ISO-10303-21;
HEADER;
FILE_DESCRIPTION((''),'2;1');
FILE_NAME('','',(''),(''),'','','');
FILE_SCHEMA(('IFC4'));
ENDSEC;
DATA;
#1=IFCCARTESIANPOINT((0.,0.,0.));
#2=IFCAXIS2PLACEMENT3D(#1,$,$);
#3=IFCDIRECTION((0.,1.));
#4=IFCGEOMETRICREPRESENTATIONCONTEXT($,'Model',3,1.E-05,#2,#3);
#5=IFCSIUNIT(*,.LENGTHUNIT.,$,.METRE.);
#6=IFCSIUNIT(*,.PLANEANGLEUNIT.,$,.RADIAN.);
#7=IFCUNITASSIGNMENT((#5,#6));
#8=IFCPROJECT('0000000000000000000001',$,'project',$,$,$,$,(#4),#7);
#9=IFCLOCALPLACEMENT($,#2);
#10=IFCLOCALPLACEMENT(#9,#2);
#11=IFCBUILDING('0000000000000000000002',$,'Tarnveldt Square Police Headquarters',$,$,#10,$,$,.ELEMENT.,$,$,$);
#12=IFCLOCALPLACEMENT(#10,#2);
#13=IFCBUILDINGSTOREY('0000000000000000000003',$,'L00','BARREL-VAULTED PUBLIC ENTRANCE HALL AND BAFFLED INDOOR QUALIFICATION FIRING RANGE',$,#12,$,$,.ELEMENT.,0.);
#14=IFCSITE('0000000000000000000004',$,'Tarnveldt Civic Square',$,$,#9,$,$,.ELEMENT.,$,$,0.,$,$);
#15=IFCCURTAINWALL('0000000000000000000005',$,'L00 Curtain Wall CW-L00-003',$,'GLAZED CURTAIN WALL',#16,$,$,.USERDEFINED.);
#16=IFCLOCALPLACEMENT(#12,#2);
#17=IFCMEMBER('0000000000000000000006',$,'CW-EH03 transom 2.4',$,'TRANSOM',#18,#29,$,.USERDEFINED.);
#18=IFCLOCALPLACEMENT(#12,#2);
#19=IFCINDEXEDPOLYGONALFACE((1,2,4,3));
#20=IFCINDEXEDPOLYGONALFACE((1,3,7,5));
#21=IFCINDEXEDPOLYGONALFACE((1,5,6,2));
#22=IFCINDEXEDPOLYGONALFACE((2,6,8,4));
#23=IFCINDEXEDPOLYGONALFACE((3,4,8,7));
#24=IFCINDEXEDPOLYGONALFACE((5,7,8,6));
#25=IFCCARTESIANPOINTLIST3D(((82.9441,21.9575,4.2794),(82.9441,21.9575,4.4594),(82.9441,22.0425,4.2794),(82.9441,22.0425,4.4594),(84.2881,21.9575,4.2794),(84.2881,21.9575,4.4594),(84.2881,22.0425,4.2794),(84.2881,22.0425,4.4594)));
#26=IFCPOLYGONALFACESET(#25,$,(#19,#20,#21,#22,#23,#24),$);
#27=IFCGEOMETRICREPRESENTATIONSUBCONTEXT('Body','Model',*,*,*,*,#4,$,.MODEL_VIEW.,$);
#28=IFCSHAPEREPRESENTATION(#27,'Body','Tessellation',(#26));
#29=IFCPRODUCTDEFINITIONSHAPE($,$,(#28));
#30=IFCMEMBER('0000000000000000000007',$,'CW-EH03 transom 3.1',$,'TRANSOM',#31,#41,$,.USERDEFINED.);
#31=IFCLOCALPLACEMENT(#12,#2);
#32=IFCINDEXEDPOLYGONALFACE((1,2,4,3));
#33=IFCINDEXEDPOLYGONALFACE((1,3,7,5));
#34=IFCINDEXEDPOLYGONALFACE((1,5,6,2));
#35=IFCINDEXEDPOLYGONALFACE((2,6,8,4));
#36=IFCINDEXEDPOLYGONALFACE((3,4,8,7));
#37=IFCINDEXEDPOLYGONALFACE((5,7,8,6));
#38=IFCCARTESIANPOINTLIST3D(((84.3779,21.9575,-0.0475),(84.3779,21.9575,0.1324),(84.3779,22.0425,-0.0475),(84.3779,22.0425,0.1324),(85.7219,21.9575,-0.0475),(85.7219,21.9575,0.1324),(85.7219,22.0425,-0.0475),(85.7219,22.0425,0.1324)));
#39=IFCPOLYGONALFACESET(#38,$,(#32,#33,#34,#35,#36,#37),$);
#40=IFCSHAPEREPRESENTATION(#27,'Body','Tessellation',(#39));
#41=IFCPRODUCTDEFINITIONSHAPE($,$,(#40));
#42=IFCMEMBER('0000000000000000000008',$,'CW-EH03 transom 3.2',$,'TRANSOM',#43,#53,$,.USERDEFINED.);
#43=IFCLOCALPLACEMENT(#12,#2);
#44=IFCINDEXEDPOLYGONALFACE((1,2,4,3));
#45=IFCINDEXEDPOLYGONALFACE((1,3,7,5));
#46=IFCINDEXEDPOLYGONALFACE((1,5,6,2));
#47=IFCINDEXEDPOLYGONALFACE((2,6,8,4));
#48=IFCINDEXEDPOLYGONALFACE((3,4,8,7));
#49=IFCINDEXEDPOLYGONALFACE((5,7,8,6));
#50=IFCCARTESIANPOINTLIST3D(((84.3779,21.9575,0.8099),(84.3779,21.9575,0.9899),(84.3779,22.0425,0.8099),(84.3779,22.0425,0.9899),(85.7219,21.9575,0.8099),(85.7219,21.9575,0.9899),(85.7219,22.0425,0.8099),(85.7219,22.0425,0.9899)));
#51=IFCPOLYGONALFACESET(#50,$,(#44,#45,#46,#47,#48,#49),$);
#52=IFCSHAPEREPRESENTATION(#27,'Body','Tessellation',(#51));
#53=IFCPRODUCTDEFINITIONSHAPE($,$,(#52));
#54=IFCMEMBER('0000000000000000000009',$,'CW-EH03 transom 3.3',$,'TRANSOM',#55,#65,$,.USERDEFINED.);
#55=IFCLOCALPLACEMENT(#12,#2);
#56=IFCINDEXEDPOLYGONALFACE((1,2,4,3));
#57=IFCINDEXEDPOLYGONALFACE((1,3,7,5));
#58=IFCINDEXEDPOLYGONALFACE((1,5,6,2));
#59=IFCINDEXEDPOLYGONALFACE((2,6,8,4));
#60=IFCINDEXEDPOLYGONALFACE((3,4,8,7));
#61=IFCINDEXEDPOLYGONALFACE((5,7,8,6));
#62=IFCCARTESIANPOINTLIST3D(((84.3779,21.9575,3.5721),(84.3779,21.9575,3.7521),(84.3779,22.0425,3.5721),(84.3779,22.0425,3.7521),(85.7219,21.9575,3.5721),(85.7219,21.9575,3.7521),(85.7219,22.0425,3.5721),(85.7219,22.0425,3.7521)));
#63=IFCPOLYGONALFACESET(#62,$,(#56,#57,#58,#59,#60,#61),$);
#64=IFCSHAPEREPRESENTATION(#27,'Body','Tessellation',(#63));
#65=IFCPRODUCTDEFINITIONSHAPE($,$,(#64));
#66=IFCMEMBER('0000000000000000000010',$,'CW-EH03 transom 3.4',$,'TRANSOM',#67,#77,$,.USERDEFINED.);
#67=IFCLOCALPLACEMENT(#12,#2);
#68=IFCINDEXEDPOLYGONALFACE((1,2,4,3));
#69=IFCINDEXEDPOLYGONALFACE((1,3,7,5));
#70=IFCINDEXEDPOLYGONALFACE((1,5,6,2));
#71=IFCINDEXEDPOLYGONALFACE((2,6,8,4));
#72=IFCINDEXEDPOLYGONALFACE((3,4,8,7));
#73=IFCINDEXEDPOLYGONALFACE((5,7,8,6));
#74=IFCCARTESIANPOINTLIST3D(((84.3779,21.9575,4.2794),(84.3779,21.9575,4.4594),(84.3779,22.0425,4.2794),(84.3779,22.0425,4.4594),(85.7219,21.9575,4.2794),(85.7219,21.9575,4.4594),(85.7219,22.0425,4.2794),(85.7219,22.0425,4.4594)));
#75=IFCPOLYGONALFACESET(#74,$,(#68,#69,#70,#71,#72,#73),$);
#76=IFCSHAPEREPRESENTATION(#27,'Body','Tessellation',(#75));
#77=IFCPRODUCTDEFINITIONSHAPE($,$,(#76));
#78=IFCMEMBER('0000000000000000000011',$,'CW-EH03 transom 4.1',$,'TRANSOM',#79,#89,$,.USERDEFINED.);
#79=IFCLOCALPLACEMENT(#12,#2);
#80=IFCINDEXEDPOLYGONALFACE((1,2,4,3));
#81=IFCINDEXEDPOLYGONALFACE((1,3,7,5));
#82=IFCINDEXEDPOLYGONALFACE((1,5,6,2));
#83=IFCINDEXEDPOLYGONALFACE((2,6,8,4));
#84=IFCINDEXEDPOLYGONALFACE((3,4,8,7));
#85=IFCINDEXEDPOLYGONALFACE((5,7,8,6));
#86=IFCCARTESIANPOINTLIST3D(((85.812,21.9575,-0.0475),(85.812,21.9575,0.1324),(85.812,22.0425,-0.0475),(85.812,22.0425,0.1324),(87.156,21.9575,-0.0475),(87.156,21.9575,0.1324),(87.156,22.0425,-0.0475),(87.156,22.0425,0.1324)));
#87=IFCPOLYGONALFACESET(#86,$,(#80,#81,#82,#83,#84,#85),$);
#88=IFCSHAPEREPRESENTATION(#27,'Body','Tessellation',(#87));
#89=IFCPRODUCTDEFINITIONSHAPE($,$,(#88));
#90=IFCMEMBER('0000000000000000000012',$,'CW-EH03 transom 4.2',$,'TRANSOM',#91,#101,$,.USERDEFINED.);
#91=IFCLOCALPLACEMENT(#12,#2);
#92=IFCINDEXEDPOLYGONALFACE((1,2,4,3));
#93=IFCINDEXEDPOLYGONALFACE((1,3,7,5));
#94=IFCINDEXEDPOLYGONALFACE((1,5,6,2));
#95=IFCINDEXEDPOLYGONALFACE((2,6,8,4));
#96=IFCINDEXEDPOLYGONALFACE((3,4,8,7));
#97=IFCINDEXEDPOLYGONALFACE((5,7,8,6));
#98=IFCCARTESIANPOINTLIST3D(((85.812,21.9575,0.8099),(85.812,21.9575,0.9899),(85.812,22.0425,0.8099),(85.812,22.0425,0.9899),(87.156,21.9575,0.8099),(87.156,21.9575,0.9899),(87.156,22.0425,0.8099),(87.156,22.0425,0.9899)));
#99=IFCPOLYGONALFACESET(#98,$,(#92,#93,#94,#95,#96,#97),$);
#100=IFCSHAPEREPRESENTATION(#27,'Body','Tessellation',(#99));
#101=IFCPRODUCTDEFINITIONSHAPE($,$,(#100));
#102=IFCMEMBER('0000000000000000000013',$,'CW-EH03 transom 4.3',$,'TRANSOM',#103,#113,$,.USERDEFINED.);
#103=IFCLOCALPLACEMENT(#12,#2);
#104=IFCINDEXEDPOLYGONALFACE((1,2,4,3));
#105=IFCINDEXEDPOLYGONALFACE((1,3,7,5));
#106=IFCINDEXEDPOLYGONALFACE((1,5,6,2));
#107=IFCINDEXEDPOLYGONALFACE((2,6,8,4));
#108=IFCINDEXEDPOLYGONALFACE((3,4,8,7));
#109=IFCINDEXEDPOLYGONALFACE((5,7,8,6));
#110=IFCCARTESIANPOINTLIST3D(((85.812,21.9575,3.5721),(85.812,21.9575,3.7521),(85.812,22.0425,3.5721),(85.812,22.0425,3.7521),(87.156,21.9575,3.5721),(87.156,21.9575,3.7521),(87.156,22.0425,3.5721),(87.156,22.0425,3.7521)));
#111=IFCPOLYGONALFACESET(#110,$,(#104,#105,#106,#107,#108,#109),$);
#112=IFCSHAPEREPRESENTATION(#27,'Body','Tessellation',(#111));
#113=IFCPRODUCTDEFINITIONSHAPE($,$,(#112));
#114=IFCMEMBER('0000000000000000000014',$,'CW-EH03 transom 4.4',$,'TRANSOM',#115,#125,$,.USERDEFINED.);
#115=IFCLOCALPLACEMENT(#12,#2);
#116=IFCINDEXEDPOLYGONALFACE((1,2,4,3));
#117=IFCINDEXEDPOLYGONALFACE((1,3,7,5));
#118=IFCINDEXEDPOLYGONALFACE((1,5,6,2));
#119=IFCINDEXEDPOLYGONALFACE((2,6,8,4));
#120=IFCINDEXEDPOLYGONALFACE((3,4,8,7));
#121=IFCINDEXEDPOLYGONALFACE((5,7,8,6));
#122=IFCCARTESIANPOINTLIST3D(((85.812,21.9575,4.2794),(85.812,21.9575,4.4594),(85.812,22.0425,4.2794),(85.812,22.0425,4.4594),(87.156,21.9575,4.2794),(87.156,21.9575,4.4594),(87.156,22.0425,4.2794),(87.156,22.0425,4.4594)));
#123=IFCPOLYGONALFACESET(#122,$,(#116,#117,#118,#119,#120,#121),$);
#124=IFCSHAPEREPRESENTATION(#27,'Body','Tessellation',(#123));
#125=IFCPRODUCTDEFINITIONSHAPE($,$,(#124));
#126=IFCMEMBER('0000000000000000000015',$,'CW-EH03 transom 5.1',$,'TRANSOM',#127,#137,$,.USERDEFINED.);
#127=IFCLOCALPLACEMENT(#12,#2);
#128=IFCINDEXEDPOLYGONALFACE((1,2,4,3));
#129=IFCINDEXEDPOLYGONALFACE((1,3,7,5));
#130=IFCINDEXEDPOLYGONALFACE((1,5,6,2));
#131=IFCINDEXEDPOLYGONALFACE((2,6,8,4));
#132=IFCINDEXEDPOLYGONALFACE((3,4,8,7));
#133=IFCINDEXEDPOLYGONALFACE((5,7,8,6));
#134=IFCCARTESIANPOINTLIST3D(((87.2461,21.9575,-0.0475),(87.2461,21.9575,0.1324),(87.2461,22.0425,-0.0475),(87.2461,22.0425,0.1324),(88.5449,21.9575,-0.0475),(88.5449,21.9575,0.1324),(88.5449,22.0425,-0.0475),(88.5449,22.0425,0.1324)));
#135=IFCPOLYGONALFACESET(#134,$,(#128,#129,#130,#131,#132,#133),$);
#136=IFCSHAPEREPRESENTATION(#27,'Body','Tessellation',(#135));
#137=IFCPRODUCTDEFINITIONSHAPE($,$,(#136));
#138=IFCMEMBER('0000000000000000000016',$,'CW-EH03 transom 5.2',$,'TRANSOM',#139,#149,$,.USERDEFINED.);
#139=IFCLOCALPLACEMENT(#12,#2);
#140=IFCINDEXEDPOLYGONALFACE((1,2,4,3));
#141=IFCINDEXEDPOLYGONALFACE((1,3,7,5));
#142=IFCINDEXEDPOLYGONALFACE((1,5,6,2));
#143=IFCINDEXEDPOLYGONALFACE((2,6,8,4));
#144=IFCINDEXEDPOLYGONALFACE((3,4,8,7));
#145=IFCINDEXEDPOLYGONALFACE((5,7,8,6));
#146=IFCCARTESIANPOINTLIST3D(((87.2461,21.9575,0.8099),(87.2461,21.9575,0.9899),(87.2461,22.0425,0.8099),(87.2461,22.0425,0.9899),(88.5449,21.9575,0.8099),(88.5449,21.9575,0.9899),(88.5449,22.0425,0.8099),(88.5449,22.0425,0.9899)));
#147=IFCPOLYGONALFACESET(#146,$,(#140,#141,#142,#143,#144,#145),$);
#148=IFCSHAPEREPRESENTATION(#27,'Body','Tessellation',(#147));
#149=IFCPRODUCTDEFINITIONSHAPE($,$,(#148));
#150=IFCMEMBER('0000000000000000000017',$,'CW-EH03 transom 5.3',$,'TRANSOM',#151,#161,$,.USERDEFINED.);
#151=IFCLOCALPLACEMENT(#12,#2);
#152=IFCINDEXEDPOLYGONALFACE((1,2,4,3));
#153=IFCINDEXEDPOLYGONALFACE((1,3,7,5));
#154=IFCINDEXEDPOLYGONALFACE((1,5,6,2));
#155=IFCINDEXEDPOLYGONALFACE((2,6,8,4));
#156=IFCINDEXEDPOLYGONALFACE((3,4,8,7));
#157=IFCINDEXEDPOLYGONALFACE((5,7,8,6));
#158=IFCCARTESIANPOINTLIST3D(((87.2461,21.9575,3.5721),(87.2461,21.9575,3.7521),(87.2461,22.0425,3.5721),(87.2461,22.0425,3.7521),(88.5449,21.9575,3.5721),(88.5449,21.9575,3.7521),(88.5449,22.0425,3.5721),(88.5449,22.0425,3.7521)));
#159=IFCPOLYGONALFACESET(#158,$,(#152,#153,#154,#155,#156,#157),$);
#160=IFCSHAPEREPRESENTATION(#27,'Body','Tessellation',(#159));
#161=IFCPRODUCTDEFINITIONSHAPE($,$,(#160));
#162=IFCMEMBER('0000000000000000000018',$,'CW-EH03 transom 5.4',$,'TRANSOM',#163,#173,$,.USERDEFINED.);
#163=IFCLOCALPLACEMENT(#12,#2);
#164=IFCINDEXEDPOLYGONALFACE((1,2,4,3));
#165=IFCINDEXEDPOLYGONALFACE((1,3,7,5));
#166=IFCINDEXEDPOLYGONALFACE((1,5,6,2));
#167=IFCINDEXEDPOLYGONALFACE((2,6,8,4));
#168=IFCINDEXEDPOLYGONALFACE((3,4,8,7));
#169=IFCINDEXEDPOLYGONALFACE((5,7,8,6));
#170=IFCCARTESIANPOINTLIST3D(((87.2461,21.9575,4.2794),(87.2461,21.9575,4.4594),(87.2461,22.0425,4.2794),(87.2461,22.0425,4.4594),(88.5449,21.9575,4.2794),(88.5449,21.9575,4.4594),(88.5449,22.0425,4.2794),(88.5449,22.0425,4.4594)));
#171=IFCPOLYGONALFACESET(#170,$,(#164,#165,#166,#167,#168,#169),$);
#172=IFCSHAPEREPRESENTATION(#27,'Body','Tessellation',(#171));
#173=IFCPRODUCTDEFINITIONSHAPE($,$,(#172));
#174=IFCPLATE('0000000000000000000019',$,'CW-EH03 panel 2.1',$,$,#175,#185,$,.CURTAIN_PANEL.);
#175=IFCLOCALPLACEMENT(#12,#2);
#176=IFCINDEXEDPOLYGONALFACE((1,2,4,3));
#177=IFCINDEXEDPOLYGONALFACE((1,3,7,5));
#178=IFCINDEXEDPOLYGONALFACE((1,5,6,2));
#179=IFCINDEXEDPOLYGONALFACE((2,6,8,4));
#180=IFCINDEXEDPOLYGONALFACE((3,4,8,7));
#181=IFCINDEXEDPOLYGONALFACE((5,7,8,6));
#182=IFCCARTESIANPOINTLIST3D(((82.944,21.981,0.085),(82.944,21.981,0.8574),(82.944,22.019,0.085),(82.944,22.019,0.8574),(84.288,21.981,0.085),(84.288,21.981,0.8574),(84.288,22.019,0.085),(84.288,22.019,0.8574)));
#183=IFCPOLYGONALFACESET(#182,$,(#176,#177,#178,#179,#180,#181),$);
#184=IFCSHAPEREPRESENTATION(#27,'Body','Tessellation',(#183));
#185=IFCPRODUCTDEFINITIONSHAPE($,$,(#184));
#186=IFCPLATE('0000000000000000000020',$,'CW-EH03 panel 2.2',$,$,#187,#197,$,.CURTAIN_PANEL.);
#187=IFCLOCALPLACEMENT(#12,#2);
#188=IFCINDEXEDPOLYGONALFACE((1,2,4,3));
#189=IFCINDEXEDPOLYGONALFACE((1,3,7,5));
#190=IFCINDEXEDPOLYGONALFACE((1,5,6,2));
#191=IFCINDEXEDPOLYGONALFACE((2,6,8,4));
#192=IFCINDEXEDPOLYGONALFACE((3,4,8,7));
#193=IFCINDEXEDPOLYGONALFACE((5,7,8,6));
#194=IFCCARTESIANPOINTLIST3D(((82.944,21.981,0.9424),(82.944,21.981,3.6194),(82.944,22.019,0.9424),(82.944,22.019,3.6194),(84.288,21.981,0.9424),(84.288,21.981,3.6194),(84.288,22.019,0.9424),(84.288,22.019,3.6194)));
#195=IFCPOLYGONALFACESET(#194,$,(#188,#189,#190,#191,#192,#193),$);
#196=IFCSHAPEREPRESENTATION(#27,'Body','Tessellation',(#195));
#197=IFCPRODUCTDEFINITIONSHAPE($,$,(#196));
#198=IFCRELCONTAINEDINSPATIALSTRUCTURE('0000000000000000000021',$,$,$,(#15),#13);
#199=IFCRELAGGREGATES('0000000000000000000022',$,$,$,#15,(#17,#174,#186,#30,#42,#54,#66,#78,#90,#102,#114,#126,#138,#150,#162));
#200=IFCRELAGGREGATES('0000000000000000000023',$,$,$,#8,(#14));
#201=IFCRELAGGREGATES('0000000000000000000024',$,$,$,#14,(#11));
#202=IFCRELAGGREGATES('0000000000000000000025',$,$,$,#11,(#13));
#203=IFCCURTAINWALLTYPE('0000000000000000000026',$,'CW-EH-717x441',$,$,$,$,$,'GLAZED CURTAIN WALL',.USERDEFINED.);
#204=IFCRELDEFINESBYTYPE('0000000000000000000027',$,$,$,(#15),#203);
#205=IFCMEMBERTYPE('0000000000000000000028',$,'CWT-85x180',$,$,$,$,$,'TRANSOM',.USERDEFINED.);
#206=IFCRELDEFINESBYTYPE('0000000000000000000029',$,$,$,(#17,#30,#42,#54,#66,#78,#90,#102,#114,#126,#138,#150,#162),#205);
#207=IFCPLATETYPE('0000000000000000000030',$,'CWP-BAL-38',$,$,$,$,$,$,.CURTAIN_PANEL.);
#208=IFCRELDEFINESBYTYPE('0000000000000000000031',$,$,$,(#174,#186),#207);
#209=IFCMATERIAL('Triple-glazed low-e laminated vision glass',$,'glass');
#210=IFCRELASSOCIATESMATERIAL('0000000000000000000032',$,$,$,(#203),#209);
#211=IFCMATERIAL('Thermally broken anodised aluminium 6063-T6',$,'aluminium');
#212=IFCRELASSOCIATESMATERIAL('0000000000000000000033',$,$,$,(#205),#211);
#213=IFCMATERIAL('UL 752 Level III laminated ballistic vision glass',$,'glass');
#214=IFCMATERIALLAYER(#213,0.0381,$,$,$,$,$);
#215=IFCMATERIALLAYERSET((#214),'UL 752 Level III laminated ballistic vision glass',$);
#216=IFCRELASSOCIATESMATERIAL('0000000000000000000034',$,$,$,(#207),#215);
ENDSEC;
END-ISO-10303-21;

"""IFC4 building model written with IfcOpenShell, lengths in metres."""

from ifc_helpers import new_model, si_unit, direction, frame, origin, origin_2d, place, context, subcontext, project, spatial, rectangle, extrude, material, layer, layer_set, material_profile, profile_set, type_object, element, aggregate, save


model = new_model("IFC4")

# Units and contexts
model_context = context("Model", 3, precision=1e-05, world=origin(), true_north=direction((0.0, 1.0)))
body_context = subcontext(model_context, "Body", "Model", "MODEL_VIEW")
ifc_project = project(units=[si_unit("LENGTHUNIT", "METRE"), si_unit("PLANEANGLEUNIT", "RADIAN")], contexts=[model_context])

# Site, building, storey
site_placement = place(None, origin())
site = spatial("IfcSite", under=ifc_project, at=site_placement, Name="Tarnveldt Civic Square", CompositionType="ELEMENT", RefElevation=0.0)
building_placement = place(site_placement, origin())
building = spatial("IfcBuilding", under=site, at=building_placement, Name="Tarnveldt Square Police Headquarters", CompositionType="ELEMENT")
storey_placement = place(building_placement, origin())
storey = spatial("IfcBuildingStorey", under=building, at=storey_placement, Name="L00", Description="BARREL-VAULTED PUBLIC ENTRANCE HALL AND BAFFLED INDOOR QUALIFICATION FIRING RANGE", CompositionType="ELEMENT", Elevation=0.0)

# Curtain wall, members, plates
ifc_material_1 = material(Name="Triple-glazed low-e laminated vision glass", Category="glass")
curtain_wall_type = type_object("IfcCurtainWallType", Name="CW-EH-717x441", ElementType="GLAZED CURTAIN WALL", PredefinedType="USERDEFINED", material=ifc_material_1)
curtain_wall_placement = place(storey_placement, origin())
curtain_wall = element("IfcCurtainWall", 1, at=curtain_wall_placement, inside=storey, type_object=curtain_wall_type, Name="L00 Curtain Wall CW-L00-003", ObjectType="GLAZED CURTAIN WALL", PredefinedType="USERDEFINED")
ifc_material_2 = material(Name="Thermally broken anodised aluminium 6063-T6", Category="aluminium")
ifc_material_profile_1 = material_profile(ifc_material_2, rectangle(XDim=0.085, YDim=0.1799, at=origin_2d()), Name="CW-T85x180")
ifc_profile_set_1 = profile_set([ifc_material_profile_1], Name="Thermally broken anodised aluminium 6063-T6")
member_type_1 = type_object("IfcMemberType", Name="CWT-85x180", ElementType="TRANSOM", PredefinedType="USERDEFINED", material=ifc_profile_set_1)
member_1_placement = place(storey_placement, frame((82.9441, 22.0, 4.3694), z_axis=(1.0, 0.0, 0.0), x_axis=(0.0, 1.0, 0.0)))
member_1 = element("IfcMember", 2, at=member_1_placement, type_object=member_type_1, Name="CW-EH03 transom 2.4", ObjectType="TRANSOM", PredefinedType="USERDEFINED", context=body_context, shape_type="SweptSolid", body=[
    extrude(rectangle(XDim=0.085, YDim=0.1799, at=origin_2d()), origin(), (0.0, 0.0, 1.0), 1.344),
])
member_2_placement = place(storey_placement, frame((84.3779, 22.0, 0.0425), z_axis=(1.0, 0.0, 0.0), x_axis=(0.0, 1.0, 0.0)))
member_2 = element("IfcMember", 3, at=member_2_placement, type_object=member_type_1, Name="CW-EH03 transom 3.1", ObjectType="TRANSOM", PredefinedType="USERDEFINED", context=body_context, shape_type="SweptSolid", body=[
    extrude(rectangle(XDim=0.085, YDim=0.1799, at=origin_2d()), origin(), (0.0, 0.0, 1.0), 1.344),
])
member_3_placement = place(storey_placement, frame((84.3779, 22.0, 0.8999), z_axis=(1.0, 0.0, 0.0), x_axis=(0.0, 1.0, 0.0)))
member_3 = element("IfcMember", 4, at=member_3_placement, type_object=member_type_1, Name="CW-EH03 transom 3.2", ObjectType="TRANSOM", PredefinedType="USERDEFINED", context=body_context, shape_type="SweptSolid", body=[
    extrude(rectangle(XDim=0.085, YDim=0.1799, at=origin_2d()), origin(), (0.0, 0.0, 1.0), 1.344),
])
member_4_placement = place(storey_placement, frame((84.3779, 22.0, 3.6621), z_axis=(1.0, 0.0, 0.0), x_axis=(0.0, 1.0, 0.0)))
member_4 = element("IfcMember", 5, at=member_4_placement, type_object=member_type_1, Name="CW-EH03 transom 3.3", ObjectType="TRANSOM", PredefinedType="USERDEFINED", context=body_context, shape_type="SweptSolid", body=[
    extrude(rectangle(XDim=0.085, YDim=0.1799, at=origin_2d()), origin(), (0.0, 0.0, 1.0), 1.344),
])
member_5_placement = place(storey_placement, frame((84.3779, 22.0, 4.3694), z_axis=(1.0, 0.0, 0.0), x_axis=(0.0, 1.0, 0.0)))
member_5 = element("IfcMember", 6, at=member_5_placement, type_object=member_type_1, Name="CW-EH03 transom 3.4", ObjectType="TRANSOM", PredefinedType="USERDEFINED", context=body_context, shape_type="SweptSolid", body=[
    extrude(rectangle(XDim=0.085, YDim=0.1799, at=origin_2d()), origin(), (0.0, 0.0, 1.0), 1.344),
])
member_6_placement = place(storey_placement, frame((85.812, 22.0, 0.0425), z_axis=(1.0, 0.0, 0.0), x_axis=(0.0, 1.0, 0.0)))
member_6 = element("IfcMember", 7, at=member_6_placement, type_object=member_type_1, Name="CW-EH03 transom 4.1", ObjectType="TRANSOM", PredefinedType="USERDEFINED", context=body_context, shape_type="SweptSolid", body=[
    extrude(rectangle(XDim=0.085, YDim=0.1799, at=origin_2d()), origin(), (0.0, 0.0, 1.0), 1.344),
])
member_7_placement = place(storey_placement, frame((85.812, 22.0, 0.8999), z_axis=(1.0, 0.0, 0.0), x_axis=(0.0, 1.0, 0.0)))
member_7 = element("IfcMember", 8, at=member_7_placement, type_object=member_type_1, Name="CW-EH03 transom 4.2", ObjectType="TRANSOM", PredefinedType="USERDEFINED", context=body_context, shape_type="SweptSolid", body=[
    extrude(rectangle(XDim=0.085, YDim=0.1799, at=origin_2d()), origin(), (0.0, 0.0, 1.0), 1.344),
])
member_8_placement = place(storey_placement, frame((85.812, 22.0, 3.6621), z_axis=(1.0, 0.0, 0.0), x_axis=(0.0, 1.0, 0.0)))
member_8 = element("IfcMember", 9, at=member_8_placement, type_object=member_type_1, Name="CW-EH03 transom 4.3", ObjectType="TRANSOM", PredefinedType="USERDEFINED", context=body_context, shape_type="SweptSolid", body=[
    extrude(rectangle(XDim=0.085, YDim=0.1799, at=origin_2d()), origin(), (0.0, 0.0, 1.0), 1.344),
])
member_9_placement = place(storey_placement, frame((85.812, 22.0, 4.3694), z_axis=(1.0, 0.0, 0.0), x_axis=(0.0, 1.0, 0.0)))
member_9 = element("IfcMember", 10, at=member_9_placement, type_object=member_type_1, Name="CW-EH03 transom 4.4", ObjectType="TRANSOM", PredefinedType="USERDEFINED", context=body_context, shape_type="SweptSolid", body=[
    extrude(rectangle(XDim=0.085, YDim=0.1799, at=origin_2d()), origin(), (0.0, 0.0, 1.0), 1.344),
])
member_10_placement = place(storey_placement, frame((87.2461, 22.0, 0.0425), z_axis=(1.0, 0.0, 0.0), x_axis=(0.0, 1.0, 0.0)))
member_10 = element("IfcMember", 11, at=member_10_placement, type_object=member_type_1, Name="CW-EH03 transom 5.1", ObjectType="TRANSOM", PredefinedType="USERDEFINED", context=body_context, shape_type="SweptSolid", body=[
    extrude(rectangle(XDim=0.085, YDim=0.1799, at=origin_2d()), origin(), (0.0, 0.0, 1.0), 1.2988),
])
member_11_placement = place(storey_placement, frame((87.2461, 22.0, 0.8999), z_axis=(1.0, 0.0, 0.0), x_axis=(0.0, 1.0, 0.0)))
member_11 = element("IfcMember", 12, at=member_11_placement, type_object=member_type_1, Name="CW-EH03 transom 5.2", ObjectType="TRANSOM", PredefinedType="USERDEFINED", context=body_context, shape_type="SweptSolid", body=[
    extrude(rectangle(XDim=0.085, YDim=0.1799, at=origin_2d()), origin(), (0.0, 0.0, 1.0), 1.2988),
])
member_12_placement = place(storey_placement, frame((87.2461, 22.0, 3.6621), z_axis=(1.0, 0.0, 0.0), x_axis=(0.0, 1.0, 0.0)))
member_12 = element("IfcMember", 13, at=member_12_placement, type_object=member_type_1, Name="CW-EH03 transom 5.3", ObjectType="TRANSOM", PredefinedType="USERDEFINED", context=body_context, shape_type="SweptSolid", body=[
    extrude(rectangle(XDim=0.085, YDim=0.1799, at=origin_2d()), origin(), (0.0, 0.0, 1.0), 1.2988),
])
member_13_placement = place(storey_placement, frame((87.2461, 22.0, 4.3694), z_axis=(1.0, 0.0, 0.0), x_axis=(0.0, 1.0, 0.0)))
member_13 = element("IfcMember", 14, at=member_13_placement, type_object=member_type_1, Name="CW-EH03 transom 5.4", ObjectType="TRANSOM", PredefinedType="USERDEFINED", context=body_context, shape_type="SweptSolid", body=[
    extrude(rectangle(XDim=0.085, YDim=0.1799, at=origin_2d()), origin(), (0.0, 0.0, 1.0), 1.2988),
])
ifc_material_3 = material(Name="UL 752 Level III laminated ballistic vision glass", Category="glass")
ifc_layer = layer(ifc_material_3, 0.0381)
ifc_layer_set = layer_set([ifc_layer], Name="UL 752 Level III laminated ballistic vision glass")
plate_type = type_object("IfcPlateType", Name="CWP-BAL-38", PredefinedType="CURTAIN_PANEL", material=ifc_layer_set)
plate_1_placement = place(storey_placement, frame((83.616, 22.0, 0.085), z_axis=(0.0, 0.0, 1.0), x_axis=(1.0, 0.0, 0.0)))
plate_1 = element("IfcPlate", 15, at=plate_1_placement, type_object=plate_type, Name="CW-EH03 panel 2.1", PredefinedType="CURTAIN_PANEL", context=body_context, shape_type="SweptSolid", body=[
    extrude(rectangle(XDim=1.344, YDim=0.0381, at=origin_2d()), origin(), (0.0, 0.0, 1.0), 0.7725),
])
plate_2_placement = place(storey_placement, frame((83.616, 22.0, 0.9424), z_axis=(0.0, 0.0, 1.0), x_axis=(1.0, 0.0, 0.0)))
plate_2 = element("IfcPlate", 16, at=plate_2_placement, type_object=plate_type, Name="CW-EH03 panel 2.2", PredefinedType="CURTAIN_PANEL", context=body_context, shape_type="SweptSolid", body=[
    extrude(rectangle(XDim=1.344, YDim=0.0381, at=origin_2d()), origin(), (0.0, 0.0, 1.0), 2.677),
])
aggregate(curtain_wall, [member_1, plate_1, plate_2, member_2, member_3, member_4, member_5, member_6, member_7, member_8, member_9, member_10, member_11, member_12, member_13])

save(model, "model.ifc")
